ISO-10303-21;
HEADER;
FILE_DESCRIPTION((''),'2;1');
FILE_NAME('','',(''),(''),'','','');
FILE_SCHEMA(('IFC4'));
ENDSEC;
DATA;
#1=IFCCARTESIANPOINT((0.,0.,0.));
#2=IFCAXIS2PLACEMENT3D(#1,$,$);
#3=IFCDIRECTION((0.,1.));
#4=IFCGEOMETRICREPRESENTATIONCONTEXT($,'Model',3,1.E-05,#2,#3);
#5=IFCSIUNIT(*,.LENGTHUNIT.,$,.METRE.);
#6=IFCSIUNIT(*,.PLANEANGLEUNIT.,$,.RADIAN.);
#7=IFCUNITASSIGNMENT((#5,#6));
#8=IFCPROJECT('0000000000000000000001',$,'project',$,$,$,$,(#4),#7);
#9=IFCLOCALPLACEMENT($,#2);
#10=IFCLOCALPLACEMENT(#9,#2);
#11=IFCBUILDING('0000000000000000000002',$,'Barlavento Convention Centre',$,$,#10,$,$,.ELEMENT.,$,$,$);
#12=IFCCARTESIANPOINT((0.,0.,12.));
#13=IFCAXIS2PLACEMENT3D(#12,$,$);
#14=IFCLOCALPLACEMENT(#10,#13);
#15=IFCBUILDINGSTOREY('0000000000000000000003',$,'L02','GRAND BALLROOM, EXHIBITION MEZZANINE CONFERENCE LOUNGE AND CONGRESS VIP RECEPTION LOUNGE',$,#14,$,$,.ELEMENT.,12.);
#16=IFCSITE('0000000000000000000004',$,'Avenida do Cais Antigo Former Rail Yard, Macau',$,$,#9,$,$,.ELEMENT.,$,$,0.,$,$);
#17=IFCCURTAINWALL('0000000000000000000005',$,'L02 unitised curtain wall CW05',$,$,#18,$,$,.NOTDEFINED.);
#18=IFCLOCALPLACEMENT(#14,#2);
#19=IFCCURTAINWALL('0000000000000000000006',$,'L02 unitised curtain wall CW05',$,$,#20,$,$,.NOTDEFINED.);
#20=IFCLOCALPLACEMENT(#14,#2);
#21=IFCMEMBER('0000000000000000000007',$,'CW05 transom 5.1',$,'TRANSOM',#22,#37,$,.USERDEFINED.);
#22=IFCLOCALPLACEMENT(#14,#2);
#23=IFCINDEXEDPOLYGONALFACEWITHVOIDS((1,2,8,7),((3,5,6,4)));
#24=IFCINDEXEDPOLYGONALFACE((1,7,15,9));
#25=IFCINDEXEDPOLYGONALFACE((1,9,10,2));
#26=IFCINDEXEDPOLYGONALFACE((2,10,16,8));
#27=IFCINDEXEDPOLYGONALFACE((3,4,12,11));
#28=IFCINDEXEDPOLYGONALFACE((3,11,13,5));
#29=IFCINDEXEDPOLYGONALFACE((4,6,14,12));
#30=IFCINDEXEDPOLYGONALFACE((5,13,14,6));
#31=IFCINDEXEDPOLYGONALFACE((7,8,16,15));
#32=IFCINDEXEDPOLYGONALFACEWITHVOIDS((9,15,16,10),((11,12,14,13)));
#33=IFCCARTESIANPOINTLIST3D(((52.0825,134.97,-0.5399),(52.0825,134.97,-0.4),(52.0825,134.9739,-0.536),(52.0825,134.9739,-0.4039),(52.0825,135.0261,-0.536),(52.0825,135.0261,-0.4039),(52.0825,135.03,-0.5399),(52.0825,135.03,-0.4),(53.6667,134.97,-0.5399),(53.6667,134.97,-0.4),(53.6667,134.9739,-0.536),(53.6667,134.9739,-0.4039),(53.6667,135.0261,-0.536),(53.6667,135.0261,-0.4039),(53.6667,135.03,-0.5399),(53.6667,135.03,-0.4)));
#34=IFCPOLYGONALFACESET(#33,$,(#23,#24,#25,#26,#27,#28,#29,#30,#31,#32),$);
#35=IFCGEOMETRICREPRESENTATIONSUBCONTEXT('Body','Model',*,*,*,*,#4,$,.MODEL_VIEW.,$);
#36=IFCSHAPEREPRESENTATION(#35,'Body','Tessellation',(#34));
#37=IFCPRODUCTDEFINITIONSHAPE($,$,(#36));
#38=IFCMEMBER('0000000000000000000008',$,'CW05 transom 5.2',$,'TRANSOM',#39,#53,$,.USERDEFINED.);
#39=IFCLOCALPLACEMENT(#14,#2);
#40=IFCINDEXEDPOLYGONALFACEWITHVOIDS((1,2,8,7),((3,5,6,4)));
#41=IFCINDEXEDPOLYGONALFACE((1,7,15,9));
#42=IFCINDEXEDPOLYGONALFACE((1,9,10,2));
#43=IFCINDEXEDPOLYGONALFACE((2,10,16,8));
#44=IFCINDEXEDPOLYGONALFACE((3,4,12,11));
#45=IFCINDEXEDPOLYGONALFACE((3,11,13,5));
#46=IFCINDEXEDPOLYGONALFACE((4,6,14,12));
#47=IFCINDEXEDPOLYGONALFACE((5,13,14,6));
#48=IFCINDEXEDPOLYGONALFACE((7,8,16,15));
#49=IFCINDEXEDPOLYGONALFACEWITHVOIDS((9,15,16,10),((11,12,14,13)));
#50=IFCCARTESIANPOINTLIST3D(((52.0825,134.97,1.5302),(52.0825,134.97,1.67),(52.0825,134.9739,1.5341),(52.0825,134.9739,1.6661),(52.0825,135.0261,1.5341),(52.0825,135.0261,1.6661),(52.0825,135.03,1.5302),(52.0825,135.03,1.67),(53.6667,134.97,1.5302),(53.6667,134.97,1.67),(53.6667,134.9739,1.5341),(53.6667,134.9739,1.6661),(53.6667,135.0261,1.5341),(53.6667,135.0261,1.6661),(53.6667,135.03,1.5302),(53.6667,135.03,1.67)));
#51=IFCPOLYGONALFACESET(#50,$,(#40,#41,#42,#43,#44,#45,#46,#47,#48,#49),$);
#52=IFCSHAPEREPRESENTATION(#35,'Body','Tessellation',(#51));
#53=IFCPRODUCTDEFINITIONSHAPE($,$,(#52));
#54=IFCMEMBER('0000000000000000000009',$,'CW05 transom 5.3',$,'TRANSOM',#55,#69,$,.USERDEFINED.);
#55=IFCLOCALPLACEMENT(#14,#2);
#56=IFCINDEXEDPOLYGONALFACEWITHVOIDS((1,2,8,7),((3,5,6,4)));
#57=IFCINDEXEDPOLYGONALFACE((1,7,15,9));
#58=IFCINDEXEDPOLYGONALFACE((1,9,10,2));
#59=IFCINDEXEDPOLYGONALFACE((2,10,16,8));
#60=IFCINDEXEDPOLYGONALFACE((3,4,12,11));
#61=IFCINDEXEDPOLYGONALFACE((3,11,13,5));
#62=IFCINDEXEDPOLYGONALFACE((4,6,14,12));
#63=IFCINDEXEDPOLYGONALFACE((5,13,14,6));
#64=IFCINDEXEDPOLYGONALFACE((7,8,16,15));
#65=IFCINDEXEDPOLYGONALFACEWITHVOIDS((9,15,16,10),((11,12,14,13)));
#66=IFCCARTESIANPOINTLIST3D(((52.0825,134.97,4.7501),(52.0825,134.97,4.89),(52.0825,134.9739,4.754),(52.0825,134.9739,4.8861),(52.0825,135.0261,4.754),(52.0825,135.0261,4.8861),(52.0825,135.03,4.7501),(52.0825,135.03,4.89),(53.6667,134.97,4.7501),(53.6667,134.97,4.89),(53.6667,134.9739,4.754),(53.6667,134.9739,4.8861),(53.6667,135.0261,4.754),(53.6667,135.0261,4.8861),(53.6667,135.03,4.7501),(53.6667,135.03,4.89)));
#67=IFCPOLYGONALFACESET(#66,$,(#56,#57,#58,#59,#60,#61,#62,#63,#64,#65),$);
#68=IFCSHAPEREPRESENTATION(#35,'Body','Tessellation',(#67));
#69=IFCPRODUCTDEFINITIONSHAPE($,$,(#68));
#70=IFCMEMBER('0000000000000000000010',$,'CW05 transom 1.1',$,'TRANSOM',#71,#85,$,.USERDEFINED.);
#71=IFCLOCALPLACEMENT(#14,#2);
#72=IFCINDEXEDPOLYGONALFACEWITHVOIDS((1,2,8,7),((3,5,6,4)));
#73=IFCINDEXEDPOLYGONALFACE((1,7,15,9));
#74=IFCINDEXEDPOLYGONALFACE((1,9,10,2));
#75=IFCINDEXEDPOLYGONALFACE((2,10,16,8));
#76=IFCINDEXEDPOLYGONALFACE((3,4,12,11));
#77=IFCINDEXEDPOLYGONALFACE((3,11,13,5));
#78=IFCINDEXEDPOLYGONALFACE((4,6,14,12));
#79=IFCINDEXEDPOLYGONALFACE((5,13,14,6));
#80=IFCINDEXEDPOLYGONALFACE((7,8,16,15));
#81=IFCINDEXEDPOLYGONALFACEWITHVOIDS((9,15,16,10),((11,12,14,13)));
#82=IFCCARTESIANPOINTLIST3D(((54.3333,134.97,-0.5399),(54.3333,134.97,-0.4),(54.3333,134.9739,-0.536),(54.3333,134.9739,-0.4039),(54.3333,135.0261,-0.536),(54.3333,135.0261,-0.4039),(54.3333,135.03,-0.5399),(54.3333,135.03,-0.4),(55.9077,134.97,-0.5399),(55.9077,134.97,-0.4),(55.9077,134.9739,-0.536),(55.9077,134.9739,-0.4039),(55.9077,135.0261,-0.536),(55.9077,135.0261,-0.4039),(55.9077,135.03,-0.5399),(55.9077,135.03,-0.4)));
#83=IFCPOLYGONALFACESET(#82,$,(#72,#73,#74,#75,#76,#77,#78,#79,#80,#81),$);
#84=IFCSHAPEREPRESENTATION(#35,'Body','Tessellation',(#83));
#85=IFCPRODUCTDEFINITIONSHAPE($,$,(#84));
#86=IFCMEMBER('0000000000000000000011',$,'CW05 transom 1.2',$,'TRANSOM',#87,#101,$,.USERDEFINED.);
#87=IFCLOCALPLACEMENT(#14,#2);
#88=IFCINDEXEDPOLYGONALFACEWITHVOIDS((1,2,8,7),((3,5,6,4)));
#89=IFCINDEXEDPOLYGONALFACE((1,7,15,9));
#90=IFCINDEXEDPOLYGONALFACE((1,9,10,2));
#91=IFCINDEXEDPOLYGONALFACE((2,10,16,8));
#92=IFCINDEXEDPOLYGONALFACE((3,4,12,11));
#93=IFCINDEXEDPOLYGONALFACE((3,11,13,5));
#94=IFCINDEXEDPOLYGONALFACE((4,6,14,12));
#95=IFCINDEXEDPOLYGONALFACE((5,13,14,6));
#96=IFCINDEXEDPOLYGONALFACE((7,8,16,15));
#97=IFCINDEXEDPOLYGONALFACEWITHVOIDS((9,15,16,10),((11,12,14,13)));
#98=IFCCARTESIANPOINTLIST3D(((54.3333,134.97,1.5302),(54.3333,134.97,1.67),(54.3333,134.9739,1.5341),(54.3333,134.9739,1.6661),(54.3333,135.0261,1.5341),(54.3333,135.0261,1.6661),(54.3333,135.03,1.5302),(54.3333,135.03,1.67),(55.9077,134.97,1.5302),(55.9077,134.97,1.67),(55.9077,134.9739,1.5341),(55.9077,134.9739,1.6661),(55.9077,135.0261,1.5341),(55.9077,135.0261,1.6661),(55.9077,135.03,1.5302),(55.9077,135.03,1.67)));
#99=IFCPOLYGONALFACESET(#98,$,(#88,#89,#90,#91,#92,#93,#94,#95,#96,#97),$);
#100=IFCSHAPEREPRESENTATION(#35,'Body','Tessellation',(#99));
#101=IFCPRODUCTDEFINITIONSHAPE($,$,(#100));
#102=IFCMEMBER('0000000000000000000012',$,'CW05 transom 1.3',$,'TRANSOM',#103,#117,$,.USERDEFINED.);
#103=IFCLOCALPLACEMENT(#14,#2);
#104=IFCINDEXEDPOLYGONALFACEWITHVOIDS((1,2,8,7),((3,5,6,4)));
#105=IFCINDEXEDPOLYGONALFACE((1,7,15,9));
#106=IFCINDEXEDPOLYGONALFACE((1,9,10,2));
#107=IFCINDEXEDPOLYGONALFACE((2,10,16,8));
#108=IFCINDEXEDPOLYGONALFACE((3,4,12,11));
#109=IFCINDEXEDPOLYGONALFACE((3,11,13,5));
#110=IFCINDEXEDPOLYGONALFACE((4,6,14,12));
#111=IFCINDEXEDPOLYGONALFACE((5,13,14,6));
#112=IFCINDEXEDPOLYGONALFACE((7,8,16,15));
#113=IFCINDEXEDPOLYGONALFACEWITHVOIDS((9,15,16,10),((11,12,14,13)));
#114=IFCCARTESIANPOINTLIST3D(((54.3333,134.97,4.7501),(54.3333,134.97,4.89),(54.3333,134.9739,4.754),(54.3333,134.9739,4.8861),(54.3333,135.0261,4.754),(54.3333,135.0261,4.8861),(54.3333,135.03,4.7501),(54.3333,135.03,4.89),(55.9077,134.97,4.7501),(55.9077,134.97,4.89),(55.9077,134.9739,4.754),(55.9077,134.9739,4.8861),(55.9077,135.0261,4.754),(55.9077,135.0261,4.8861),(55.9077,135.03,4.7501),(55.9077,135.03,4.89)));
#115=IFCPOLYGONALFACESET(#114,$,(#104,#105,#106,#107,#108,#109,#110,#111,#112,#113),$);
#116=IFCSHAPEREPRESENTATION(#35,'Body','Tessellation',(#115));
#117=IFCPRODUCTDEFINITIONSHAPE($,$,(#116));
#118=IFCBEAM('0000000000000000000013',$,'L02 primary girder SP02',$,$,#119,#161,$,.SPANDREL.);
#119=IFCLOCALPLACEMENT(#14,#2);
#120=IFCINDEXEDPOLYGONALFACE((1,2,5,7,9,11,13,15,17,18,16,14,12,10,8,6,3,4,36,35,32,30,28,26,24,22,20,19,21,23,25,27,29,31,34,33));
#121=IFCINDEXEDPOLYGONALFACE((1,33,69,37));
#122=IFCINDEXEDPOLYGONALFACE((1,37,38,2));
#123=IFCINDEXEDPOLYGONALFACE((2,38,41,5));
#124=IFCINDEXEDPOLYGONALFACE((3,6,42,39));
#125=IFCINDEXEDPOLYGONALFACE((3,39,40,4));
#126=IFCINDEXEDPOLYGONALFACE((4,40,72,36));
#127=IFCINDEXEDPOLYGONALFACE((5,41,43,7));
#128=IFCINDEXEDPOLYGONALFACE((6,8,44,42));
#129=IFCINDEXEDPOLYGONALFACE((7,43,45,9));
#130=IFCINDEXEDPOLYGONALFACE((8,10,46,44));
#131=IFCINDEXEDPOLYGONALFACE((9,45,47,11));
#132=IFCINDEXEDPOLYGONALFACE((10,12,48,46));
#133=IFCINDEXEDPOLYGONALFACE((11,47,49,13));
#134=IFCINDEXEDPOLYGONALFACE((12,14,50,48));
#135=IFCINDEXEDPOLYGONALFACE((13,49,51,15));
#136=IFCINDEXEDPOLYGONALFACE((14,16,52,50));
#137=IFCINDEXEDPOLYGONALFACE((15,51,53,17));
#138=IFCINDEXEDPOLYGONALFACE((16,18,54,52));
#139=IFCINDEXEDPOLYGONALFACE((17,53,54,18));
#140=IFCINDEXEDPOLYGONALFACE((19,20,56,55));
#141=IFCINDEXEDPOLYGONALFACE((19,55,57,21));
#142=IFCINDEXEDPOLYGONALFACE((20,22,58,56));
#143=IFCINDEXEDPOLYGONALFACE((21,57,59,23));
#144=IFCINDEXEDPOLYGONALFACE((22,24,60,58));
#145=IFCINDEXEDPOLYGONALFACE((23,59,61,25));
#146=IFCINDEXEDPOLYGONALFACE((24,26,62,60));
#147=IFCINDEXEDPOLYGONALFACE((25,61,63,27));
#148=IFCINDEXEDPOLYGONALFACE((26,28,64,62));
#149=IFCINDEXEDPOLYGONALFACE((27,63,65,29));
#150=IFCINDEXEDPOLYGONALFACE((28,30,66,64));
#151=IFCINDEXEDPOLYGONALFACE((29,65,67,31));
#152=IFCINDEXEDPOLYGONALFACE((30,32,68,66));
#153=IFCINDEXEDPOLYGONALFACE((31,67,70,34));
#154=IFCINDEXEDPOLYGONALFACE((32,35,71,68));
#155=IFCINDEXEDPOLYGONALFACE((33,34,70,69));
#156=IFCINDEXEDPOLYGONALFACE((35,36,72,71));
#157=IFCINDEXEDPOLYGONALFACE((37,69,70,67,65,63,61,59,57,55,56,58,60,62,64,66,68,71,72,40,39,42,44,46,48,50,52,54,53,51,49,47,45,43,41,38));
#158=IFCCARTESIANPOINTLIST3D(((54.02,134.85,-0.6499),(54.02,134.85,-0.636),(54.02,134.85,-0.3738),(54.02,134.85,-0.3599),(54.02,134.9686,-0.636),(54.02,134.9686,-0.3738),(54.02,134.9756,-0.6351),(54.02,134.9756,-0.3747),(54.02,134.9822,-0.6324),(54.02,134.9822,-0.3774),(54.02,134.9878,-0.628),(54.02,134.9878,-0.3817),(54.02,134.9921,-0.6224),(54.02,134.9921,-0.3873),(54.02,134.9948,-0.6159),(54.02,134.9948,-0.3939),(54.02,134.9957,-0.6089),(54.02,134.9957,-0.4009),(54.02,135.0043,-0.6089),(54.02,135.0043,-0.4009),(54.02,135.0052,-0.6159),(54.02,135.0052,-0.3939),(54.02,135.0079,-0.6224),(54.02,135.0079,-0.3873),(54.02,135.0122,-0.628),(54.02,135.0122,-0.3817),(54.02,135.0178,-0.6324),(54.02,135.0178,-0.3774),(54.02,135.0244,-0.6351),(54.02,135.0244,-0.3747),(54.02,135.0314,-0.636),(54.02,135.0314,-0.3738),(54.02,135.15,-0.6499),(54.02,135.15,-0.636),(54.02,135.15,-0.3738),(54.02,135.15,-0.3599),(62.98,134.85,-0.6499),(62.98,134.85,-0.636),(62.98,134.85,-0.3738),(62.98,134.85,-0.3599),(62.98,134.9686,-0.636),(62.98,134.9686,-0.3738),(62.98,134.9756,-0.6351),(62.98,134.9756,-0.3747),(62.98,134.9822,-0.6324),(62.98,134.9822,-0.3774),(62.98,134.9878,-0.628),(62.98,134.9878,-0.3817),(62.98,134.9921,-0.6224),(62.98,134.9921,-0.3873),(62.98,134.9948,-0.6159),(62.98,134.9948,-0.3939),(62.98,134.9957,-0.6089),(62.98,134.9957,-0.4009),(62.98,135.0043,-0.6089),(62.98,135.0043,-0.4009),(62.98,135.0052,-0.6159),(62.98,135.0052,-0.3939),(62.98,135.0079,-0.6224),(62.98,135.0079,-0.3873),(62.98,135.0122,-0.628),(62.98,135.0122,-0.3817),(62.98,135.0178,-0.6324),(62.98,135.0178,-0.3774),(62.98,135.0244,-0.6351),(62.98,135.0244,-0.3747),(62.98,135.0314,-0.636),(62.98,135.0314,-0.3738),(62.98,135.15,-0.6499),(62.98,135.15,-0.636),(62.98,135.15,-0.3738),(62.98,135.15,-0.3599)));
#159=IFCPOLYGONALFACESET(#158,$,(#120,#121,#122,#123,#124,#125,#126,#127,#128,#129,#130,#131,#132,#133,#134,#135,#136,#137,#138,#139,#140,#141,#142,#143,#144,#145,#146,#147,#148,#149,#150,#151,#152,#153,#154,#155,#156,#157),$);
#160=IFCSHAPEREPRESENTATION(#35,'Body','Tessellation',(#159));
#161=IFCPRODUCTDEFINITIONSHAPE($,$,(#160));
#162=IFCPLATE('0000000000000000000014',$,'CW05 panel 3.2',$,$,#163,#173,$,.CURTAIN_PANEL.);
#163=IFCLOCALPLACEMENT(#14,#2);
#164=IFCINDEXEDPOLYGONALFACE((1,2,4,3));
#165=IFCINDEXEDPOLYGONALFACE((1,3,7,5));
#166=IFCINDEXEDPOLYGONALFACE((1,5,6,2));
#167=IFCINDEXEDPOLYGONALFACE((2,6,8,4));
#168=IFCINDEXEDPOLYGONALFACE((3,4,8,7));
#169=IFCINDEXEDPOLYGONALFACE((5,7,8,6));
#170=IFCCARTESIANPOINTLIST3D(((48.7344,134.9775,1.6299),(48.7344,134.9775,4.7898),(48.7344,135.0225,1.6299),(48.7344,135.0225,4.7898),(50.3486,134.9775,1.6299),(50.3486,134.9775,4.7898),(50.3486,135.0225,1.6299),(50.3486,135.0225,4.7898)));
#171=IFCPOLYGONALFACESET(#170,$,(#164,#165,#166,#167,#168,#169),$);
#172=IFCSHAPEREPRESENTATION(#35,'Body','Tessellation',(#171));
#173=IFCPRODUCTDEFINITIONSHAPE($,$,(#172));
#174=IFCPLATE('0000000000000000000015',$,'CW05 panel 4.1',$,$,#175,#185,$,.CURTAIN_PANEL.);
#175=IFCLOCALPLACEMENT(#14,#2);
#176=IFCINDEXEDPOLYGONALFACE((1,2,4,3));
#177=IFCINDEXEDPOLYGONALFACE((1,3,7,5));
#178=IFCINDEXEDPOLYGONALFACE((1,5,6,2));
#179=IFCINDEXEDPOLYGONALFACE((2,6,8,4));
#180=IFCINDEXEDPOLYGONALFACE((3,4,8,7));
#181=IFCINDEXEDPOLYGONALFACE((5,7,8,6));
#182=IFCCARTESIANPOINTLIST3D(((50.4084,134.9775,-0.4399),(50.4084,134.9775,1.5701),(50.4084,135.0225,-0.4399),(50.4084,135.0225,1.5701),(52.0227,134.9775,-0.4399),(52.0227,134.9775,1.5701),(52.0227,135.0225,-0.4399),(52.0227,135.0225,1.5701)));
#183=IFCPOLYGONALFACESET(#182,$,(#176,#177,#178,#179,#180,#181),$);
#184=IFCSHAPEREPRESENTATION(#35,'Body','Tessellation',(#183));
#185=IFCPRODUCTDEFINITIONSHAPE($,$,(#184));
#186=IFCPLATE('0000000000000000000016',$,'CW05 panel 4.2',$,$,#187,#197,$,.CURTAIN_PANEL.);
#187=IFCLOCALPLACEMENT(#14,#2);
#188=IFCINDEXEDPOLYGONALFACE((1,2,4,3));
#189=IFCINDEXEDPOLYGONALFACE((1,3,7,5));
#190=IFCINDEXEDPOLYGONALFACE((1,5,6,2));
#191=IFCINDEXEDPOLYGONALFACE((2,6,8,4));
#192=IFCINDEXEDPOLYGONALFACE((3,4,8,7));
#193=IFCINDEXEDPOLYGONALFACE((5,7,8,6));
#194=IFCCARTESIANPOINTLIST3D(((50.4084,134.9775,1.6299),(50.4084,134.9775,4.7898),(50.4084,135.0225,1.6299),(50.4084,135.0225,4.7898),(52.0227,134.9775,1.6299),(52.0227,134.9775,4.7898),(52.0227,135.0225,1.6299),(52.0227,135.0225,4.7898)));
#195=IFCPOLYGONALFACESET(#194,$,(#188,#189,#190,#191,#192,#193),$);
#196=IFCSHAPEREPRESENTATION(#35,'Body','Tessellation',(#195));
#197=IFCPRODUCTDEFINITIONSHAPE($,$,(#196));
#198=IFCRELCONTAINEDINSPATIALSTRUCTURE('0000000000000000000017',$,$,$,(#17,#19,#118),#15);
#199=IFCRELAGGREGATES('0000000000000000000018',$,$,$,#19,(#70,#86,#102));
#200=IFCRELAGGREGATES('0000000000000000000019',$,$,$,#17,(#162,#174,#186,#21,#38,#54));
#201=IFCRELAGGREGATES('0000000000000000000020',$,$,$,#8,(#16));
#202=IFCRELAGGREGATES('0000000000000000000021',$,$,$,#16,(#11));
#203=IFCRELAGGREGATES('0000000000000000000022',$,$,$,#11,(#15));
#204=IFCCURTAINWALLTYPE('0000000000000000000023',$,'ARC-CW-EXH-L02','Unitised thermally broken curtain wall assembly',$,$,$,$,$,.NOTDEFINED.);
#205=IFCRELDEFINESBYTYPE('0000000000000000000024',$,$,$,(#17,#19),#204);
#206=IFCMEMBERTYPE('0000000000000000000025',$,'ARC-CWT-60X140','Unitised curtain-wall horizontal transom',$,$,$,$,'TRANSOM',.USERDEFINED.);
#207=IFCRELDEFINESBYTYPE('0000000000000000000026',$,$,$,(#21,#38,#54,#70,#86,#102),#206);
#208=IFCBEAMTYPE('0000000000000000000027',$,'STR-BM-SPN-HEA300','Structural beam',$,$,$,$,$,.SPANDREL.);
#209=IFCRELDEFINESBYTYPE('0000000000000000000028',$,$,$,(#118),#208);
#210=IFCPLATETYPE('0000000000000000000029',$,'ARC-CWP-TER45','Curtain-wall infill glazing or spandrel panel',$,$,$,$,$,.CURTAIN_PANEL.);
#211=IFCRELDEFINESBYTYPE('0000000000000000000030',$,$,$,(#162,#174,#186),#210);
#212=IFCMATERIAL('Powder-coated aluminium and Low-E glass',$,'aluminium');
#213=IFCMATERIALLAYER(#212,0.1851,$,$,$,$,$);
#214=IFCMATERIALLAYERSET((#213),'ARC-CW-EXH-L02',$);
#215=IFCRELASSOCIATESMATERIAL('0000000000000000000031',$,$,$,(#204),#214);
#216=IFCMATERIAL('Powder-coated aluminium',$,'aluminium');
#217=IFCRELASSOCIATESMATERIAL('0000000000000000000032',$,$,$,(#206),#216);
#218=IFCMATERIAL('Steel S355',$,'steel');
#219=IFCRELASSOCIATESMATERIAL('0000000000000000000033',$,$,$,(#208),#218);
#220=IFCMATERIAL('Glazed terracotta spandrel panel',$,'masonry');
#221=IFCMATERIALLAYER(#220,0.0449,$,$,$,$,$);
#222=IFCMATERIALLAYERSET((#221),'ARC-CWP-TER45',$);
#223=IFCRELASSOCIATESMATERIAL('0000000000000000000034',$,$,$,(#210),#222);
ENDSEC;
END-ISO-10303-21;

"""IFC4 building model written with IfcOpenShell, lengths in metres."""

from ifc_helpers import new_model, si_unit, direction, frame, origin, origin_2d, place, context, subcontext, project, spatial, rectangle, hollow_rectangle, i_section, extrude, material, layer, layer_set, material_profile, profile_set, type_object, element, aggregate, save


model = new_model("IFC4")

# Units and contexts
model_context = context("Model", 3, precision=1e-05, world=origin(), true_north=direction((0.0, 1.0)))
body_context = subcontext(model_context, "Body", "Model", "MODEL_VIEW")
ifc_project = project(units=[si_unit("LENGTHUNIT", "METRE"), si_unit("PLANEANGLEUNIT", "RADIAN")], contexts=[model_context])

# Site, building, storey
site_placement = place(None, origin())
site = spatial("IfcSite", under=ifc_project, at=site_placement, Name="Avenida do Cais Antigo Former Rail Yard, Macau", CompositionType="ELEMENT", RefElevation=0.0)
building_placement = place(site_placement, origin())
building = spatial("IfcBuilding", under=site, at=building_placement, Name="Barlavento Convention Centre", CompositionType="ELEMENT")
storey_placement = place(building_placement, frame((0.0, 0.0, 12.0)))
storey = spatial("IfcBuildingStorey", under=building, at=storey_placement, Name="L02", Description="GRAND BALLROOM, EXHIBITION MEZZANINE CONFERENCE LOUNGE AND CONGRESS VIP RECEPTION LOUNGE", CompositionType="ELEMENT", Elevation=12.0)

# Shared definitions
ifc_material_1 = material(Name="Steel S355", Category="steel")

# Curtain wall
ifc_material_2 = material(Name="Powder-coated aluminium and Low-E glass", Category="aluminium")
ifc_layer_1 = layer(ifc_material_2, 0.1851)
ifc_layer_set_1 = layer_set([ifc_layer_1], Name="ARC-CW-EXH-L02")
curtain_wall_type = type_object("IfcCurtainWallType", Name="ARC-CW-EXH-L02", Description="Unitised thermally broken curtain wall assembly", PredefinedType="NOTDEFINED", material=ifc_layer_set_1)
curtain_wall_1_placement = place(storey_placement, origin())
curtain_wall_1 = element("IfcCurtainWall", 1, at=curtain_wall_1_placement, inside=storey, type_object=curtain_wall_type, Name="L02 unitised curtain wall CW05", PredefinedType="NOTDEFINED")
ifc_material_3 = material(Name="Powder-coated aluminium", Category="aluminium")

# Curtain wall
curtain_wall_2_placement = place(storey_placement, origin())
curtain_wall_2 = element("IfcCurtainWall", 2, at=curtain_wall_2_placement, inside=storey, type_object=curtain_wall_type, Name="L02 unitised curtain wall CW05", PredefinedType="NOTDEFINED")

# Members
ifc_material_profile_1 = material_profile(ifc_material_3, hollow_rectangle(XDim=0.0601, YDim=0.1399, WallThickness=0.0039, at=origin_2d()), Name="AL-TRAN 60x140x4")
ifc_profile_set_1 = profile_set([ifc_material_profile_1], Name="Powder-coated aluminium")
member_type_1 = type_object("IfcMemberType", Name="ARC-CWT-60X140", Description="Unitised curtain-wall horizontal transom", ElementType="TRANSOM", PredefinedType="USERDEFINED", material=ifc_profile_set_1)
member_1_placement = place(storey_placement, frame((52.0825, 135.0, -0.47), z_axis=(1.0, 0.0, 0.0), x_axis=(0.0, 1.0, 0.0)))
member_1 = element("IfcMember", 3, at=member_1_placement, type_object=member_type_1, Name="CW05 transom 5.1", ObjectType="TRANSOM", PredefinedType="USERDEFINED", context=body_context, shape_type="SweptSolid", body=[
    extrude(hollow_rectangle(XDim=0.0601, YDim=0.1399, WallThickness=0.0039, at=origin_2d()), origin(), (0.0, 0.0, 1.0), 1.5842),
])
member_2_placement = place(storey_placement, frame((52.0825, 135.0, 1.6001), z_axis=(1.0, 0.0, 0.0), x_axis=(0.0, 1.0, 0.0)))
member_2 = element("IfcMember", 4, at=member_2_placement, type_object=member_type_1, Name="CW05 transom 5.2", ObjectType="TRANSOM", PredefinedType="USERDEFINED", context=body_context, shape_type="SweptSolid", body=[
    extrude(hollow_rectangle(XDim=0.0601, YDim=0.1399, WallThickness=0.0039, at=origin_2d()), origin(), (0.0, 0.0, 1.0), 1.5842),
])
member_3_placement = place(storey_placement, frame((52.0825, 135.0, 4.8201), z_axis=(1.0, 0.0, 0.0), x_axis=(0.0, 1.0, 0.0)))
member_3 = element("IfcMember", 5, at=member_3_placement, type_object=member_type_1, Name="CW05 transom 5.3", ObjectType="TRANSOM", PredefinedType="USERDEFINED", context=body_context, shape_type="SweptSolid", body=[
    extrude(hollow_rectangle(XDim=0.0601, YDim=0.1399, WallThickness=0.0039, at=origin_2d()), origin(), (0.0, 0.0, 1.0), 1.5842),
])
member_4_placement = place(storey_placement, frame((54.3333, 135.0, -0.47), z_axis=(1.0, 0.0, 0.0), x_axis=(0.0, 1.0, 0.0)))
member_4 = element("IfcMember", 6, at=member_4_placement, type_object=member_type_1, Name="CW05 transom 1.1", ObjectType="TRANSOM", PredefinedType="USERDEFINED", context=body_context, shape_type="SweptSolid", body=[
    extrude(hollow_rectangle(XDim=0.0601, YDim=0.1399, WallThickness=0.0039, at=origin_2d()), origin(), (0.0, 0.0, 1.0), 1.5745),
])
member_5_placement = place(storey_placement, frame((54.3333, 135.0, 1.6001), z_axis=(1.0, 0.0, 0.0), x_axis=(0.0, 1.0, 0.0)))
member_5 = element("IfcMember", 7, at=member_5_placement, type_object=member_type_1, Name="CW05 transom 1.2", ObjectType="TRANSOM", PredefinedType="USERDEFINED", context=body_context, shape_type="SweptSolid", body=[
    extrude(hollow_rectangle(XDim=0.0601, YDim=0.1399, WallThickness=0.0039, at=origin_2d()), origin(), (0.0, 0.0, 1.0), 1.5745),
])
member_6_placement = place(storey_placement, frame((54.3333, 135.0, 4.8201), z_axis=(1.0, 0.0, 0.0), x_axis=(0.0, 1.0, 0.0)))
member_6 = element("IfcMember", 8, at=member_6_placement, type_object=member_type_1, Name="CW05 transom 1.3", ObjectType="TRANSOM", PredefinedType="USERDEFINED", context=body_context, shape_type="SweptSolid", body=[
    extrude(hollow_rectangle(XDim=0.0601, YDim=0.1399, WallThickness=0.0039, at=origin_2d()), origin(), (0.0, 0.0, 1.0), 1.5745),
])
aggregate(curtain_wall_2, [member_4, member_5, member_6])

# Beam
ifc_material_profile_2 = material_profile(ifc_material_1, i_section(OverallWidth=0.3, OverallDepth=0.29, WebThickness=0.0085, FlangeThickness=0.0139, FilletRadius=0.0271, at=origin_2d()), Name="HEA 300")
ifc_profile_set_2 = profile_set([ifc_material_profile_2], Name="Steel S355")
beam_type = type_object("IfcBeamType", Name="STR-BM-SPN-HEA300", Description="Structural beam", PredefinedType="SPANDREL", material=ifc_profile_set_2)
beam_placement = place(storey_placement, frame((54.02, 135.0, -0.5049), z_axis=(1.0, 0.0, 0.0), x_axis=(0.0, 1.0, 0.0)))
element("IfcBeam", 9, at=beam_placement, inside=storey, type_object=beam_type, Name="L02 primary girder SP02", PredefinedType="SPANDREL", context=body_context, shape_type="SweptSolid", body=[
    extrude(i_section(OverallWidth=0.3, OverallDepth=0.29, WebThickness=0.0085, FlangeThickness=0.0139, FilletRadius=0.0271, at=origin_2d()), origin(), (0.0, 0.0, 1.0), 8.96),
])

# Plates
ifc_material_4 = material(Name="Glazed terracotta spandrel panel", Category="masonry")
ifc_layer_2 = layer(ifc_material_4, 0.0449)
ifc_layer_set_2 = layer_set([ifc_layer_2], Name="ARC-CWP-TER45")
plate_type_1 = type_object("IfcPlateType", Name="ARC-CWP-TER45", Description="Curtain-wall infill glazing or spandrel panel", PredefinedType="CURTAIN_PANEL", material=ifc_layer_set_2)
plate_1_placement = place(storey_placement, frame((49.5415, 135.0, 1.6299), z_axis=(0.0, 0.0, 1.0), x_axis=(1.0, 0.0, 0.0)))
plate_1 = element("IfcPlate", 10, at=plate_1_placement, type_object=plate_type_1, Name="CW05 panel 3.2", PredefinedType="CURTAIN_PANEL", context=body_context, shape_type="SweptSolid", body=[
    extrude(rectangle(XDim=1.6143, YDim=0.0449, at=origin_2d()), origin(), (0.0, 0.0, 1.0), 3.1599),
])
plate_2_placement = place(storey_placement, frame((51.2156, 135.0, -0.4399), z_axis=(0.0, 0.0, 1.0), x_axis=(1.0, 0.0, 0.0)))
plate_2 = element("IfcPlate", 11, at=plate_2_placement, type_object=plate_type_1, Name="CW05 panel 4.1", PredefinedType="CURTAIN_PANEL", context=body_context, shape_type="SweptSolid", body=[
    extrude(rectangle(XDim=1.6143, YDim=0.0449, at=origin_2d()), origin(), (0.0, 0.0, 1.0), 2.01),
])
plate_3_placement = place(storey_placement, frame((51.2156, 135.0, 1.6299), z_axis=(0.0, 0.0, 1.0), x_axis=(1.0, 0.0, 0.0)))
plate_3 = element("IfcPlate", 12, at=plate_3_placement, type_object=plate_type_1, Name="CW05 panel 4.2", PredefinedType="CURTAIN_PANEL", context=body_context, shape_type="SweptSolid", body=[
    extrude(rectangle(XDim=1.6143, YDim=0.0449, at=origin_2d()), origin(), (0.0, 0.0, 1.0), 3.1599),
])
aggregate(curtain_wall_1, [plate_1, plate_2, plate_3, member_1, member_2, member_3])

save(model, "model.ifc")
